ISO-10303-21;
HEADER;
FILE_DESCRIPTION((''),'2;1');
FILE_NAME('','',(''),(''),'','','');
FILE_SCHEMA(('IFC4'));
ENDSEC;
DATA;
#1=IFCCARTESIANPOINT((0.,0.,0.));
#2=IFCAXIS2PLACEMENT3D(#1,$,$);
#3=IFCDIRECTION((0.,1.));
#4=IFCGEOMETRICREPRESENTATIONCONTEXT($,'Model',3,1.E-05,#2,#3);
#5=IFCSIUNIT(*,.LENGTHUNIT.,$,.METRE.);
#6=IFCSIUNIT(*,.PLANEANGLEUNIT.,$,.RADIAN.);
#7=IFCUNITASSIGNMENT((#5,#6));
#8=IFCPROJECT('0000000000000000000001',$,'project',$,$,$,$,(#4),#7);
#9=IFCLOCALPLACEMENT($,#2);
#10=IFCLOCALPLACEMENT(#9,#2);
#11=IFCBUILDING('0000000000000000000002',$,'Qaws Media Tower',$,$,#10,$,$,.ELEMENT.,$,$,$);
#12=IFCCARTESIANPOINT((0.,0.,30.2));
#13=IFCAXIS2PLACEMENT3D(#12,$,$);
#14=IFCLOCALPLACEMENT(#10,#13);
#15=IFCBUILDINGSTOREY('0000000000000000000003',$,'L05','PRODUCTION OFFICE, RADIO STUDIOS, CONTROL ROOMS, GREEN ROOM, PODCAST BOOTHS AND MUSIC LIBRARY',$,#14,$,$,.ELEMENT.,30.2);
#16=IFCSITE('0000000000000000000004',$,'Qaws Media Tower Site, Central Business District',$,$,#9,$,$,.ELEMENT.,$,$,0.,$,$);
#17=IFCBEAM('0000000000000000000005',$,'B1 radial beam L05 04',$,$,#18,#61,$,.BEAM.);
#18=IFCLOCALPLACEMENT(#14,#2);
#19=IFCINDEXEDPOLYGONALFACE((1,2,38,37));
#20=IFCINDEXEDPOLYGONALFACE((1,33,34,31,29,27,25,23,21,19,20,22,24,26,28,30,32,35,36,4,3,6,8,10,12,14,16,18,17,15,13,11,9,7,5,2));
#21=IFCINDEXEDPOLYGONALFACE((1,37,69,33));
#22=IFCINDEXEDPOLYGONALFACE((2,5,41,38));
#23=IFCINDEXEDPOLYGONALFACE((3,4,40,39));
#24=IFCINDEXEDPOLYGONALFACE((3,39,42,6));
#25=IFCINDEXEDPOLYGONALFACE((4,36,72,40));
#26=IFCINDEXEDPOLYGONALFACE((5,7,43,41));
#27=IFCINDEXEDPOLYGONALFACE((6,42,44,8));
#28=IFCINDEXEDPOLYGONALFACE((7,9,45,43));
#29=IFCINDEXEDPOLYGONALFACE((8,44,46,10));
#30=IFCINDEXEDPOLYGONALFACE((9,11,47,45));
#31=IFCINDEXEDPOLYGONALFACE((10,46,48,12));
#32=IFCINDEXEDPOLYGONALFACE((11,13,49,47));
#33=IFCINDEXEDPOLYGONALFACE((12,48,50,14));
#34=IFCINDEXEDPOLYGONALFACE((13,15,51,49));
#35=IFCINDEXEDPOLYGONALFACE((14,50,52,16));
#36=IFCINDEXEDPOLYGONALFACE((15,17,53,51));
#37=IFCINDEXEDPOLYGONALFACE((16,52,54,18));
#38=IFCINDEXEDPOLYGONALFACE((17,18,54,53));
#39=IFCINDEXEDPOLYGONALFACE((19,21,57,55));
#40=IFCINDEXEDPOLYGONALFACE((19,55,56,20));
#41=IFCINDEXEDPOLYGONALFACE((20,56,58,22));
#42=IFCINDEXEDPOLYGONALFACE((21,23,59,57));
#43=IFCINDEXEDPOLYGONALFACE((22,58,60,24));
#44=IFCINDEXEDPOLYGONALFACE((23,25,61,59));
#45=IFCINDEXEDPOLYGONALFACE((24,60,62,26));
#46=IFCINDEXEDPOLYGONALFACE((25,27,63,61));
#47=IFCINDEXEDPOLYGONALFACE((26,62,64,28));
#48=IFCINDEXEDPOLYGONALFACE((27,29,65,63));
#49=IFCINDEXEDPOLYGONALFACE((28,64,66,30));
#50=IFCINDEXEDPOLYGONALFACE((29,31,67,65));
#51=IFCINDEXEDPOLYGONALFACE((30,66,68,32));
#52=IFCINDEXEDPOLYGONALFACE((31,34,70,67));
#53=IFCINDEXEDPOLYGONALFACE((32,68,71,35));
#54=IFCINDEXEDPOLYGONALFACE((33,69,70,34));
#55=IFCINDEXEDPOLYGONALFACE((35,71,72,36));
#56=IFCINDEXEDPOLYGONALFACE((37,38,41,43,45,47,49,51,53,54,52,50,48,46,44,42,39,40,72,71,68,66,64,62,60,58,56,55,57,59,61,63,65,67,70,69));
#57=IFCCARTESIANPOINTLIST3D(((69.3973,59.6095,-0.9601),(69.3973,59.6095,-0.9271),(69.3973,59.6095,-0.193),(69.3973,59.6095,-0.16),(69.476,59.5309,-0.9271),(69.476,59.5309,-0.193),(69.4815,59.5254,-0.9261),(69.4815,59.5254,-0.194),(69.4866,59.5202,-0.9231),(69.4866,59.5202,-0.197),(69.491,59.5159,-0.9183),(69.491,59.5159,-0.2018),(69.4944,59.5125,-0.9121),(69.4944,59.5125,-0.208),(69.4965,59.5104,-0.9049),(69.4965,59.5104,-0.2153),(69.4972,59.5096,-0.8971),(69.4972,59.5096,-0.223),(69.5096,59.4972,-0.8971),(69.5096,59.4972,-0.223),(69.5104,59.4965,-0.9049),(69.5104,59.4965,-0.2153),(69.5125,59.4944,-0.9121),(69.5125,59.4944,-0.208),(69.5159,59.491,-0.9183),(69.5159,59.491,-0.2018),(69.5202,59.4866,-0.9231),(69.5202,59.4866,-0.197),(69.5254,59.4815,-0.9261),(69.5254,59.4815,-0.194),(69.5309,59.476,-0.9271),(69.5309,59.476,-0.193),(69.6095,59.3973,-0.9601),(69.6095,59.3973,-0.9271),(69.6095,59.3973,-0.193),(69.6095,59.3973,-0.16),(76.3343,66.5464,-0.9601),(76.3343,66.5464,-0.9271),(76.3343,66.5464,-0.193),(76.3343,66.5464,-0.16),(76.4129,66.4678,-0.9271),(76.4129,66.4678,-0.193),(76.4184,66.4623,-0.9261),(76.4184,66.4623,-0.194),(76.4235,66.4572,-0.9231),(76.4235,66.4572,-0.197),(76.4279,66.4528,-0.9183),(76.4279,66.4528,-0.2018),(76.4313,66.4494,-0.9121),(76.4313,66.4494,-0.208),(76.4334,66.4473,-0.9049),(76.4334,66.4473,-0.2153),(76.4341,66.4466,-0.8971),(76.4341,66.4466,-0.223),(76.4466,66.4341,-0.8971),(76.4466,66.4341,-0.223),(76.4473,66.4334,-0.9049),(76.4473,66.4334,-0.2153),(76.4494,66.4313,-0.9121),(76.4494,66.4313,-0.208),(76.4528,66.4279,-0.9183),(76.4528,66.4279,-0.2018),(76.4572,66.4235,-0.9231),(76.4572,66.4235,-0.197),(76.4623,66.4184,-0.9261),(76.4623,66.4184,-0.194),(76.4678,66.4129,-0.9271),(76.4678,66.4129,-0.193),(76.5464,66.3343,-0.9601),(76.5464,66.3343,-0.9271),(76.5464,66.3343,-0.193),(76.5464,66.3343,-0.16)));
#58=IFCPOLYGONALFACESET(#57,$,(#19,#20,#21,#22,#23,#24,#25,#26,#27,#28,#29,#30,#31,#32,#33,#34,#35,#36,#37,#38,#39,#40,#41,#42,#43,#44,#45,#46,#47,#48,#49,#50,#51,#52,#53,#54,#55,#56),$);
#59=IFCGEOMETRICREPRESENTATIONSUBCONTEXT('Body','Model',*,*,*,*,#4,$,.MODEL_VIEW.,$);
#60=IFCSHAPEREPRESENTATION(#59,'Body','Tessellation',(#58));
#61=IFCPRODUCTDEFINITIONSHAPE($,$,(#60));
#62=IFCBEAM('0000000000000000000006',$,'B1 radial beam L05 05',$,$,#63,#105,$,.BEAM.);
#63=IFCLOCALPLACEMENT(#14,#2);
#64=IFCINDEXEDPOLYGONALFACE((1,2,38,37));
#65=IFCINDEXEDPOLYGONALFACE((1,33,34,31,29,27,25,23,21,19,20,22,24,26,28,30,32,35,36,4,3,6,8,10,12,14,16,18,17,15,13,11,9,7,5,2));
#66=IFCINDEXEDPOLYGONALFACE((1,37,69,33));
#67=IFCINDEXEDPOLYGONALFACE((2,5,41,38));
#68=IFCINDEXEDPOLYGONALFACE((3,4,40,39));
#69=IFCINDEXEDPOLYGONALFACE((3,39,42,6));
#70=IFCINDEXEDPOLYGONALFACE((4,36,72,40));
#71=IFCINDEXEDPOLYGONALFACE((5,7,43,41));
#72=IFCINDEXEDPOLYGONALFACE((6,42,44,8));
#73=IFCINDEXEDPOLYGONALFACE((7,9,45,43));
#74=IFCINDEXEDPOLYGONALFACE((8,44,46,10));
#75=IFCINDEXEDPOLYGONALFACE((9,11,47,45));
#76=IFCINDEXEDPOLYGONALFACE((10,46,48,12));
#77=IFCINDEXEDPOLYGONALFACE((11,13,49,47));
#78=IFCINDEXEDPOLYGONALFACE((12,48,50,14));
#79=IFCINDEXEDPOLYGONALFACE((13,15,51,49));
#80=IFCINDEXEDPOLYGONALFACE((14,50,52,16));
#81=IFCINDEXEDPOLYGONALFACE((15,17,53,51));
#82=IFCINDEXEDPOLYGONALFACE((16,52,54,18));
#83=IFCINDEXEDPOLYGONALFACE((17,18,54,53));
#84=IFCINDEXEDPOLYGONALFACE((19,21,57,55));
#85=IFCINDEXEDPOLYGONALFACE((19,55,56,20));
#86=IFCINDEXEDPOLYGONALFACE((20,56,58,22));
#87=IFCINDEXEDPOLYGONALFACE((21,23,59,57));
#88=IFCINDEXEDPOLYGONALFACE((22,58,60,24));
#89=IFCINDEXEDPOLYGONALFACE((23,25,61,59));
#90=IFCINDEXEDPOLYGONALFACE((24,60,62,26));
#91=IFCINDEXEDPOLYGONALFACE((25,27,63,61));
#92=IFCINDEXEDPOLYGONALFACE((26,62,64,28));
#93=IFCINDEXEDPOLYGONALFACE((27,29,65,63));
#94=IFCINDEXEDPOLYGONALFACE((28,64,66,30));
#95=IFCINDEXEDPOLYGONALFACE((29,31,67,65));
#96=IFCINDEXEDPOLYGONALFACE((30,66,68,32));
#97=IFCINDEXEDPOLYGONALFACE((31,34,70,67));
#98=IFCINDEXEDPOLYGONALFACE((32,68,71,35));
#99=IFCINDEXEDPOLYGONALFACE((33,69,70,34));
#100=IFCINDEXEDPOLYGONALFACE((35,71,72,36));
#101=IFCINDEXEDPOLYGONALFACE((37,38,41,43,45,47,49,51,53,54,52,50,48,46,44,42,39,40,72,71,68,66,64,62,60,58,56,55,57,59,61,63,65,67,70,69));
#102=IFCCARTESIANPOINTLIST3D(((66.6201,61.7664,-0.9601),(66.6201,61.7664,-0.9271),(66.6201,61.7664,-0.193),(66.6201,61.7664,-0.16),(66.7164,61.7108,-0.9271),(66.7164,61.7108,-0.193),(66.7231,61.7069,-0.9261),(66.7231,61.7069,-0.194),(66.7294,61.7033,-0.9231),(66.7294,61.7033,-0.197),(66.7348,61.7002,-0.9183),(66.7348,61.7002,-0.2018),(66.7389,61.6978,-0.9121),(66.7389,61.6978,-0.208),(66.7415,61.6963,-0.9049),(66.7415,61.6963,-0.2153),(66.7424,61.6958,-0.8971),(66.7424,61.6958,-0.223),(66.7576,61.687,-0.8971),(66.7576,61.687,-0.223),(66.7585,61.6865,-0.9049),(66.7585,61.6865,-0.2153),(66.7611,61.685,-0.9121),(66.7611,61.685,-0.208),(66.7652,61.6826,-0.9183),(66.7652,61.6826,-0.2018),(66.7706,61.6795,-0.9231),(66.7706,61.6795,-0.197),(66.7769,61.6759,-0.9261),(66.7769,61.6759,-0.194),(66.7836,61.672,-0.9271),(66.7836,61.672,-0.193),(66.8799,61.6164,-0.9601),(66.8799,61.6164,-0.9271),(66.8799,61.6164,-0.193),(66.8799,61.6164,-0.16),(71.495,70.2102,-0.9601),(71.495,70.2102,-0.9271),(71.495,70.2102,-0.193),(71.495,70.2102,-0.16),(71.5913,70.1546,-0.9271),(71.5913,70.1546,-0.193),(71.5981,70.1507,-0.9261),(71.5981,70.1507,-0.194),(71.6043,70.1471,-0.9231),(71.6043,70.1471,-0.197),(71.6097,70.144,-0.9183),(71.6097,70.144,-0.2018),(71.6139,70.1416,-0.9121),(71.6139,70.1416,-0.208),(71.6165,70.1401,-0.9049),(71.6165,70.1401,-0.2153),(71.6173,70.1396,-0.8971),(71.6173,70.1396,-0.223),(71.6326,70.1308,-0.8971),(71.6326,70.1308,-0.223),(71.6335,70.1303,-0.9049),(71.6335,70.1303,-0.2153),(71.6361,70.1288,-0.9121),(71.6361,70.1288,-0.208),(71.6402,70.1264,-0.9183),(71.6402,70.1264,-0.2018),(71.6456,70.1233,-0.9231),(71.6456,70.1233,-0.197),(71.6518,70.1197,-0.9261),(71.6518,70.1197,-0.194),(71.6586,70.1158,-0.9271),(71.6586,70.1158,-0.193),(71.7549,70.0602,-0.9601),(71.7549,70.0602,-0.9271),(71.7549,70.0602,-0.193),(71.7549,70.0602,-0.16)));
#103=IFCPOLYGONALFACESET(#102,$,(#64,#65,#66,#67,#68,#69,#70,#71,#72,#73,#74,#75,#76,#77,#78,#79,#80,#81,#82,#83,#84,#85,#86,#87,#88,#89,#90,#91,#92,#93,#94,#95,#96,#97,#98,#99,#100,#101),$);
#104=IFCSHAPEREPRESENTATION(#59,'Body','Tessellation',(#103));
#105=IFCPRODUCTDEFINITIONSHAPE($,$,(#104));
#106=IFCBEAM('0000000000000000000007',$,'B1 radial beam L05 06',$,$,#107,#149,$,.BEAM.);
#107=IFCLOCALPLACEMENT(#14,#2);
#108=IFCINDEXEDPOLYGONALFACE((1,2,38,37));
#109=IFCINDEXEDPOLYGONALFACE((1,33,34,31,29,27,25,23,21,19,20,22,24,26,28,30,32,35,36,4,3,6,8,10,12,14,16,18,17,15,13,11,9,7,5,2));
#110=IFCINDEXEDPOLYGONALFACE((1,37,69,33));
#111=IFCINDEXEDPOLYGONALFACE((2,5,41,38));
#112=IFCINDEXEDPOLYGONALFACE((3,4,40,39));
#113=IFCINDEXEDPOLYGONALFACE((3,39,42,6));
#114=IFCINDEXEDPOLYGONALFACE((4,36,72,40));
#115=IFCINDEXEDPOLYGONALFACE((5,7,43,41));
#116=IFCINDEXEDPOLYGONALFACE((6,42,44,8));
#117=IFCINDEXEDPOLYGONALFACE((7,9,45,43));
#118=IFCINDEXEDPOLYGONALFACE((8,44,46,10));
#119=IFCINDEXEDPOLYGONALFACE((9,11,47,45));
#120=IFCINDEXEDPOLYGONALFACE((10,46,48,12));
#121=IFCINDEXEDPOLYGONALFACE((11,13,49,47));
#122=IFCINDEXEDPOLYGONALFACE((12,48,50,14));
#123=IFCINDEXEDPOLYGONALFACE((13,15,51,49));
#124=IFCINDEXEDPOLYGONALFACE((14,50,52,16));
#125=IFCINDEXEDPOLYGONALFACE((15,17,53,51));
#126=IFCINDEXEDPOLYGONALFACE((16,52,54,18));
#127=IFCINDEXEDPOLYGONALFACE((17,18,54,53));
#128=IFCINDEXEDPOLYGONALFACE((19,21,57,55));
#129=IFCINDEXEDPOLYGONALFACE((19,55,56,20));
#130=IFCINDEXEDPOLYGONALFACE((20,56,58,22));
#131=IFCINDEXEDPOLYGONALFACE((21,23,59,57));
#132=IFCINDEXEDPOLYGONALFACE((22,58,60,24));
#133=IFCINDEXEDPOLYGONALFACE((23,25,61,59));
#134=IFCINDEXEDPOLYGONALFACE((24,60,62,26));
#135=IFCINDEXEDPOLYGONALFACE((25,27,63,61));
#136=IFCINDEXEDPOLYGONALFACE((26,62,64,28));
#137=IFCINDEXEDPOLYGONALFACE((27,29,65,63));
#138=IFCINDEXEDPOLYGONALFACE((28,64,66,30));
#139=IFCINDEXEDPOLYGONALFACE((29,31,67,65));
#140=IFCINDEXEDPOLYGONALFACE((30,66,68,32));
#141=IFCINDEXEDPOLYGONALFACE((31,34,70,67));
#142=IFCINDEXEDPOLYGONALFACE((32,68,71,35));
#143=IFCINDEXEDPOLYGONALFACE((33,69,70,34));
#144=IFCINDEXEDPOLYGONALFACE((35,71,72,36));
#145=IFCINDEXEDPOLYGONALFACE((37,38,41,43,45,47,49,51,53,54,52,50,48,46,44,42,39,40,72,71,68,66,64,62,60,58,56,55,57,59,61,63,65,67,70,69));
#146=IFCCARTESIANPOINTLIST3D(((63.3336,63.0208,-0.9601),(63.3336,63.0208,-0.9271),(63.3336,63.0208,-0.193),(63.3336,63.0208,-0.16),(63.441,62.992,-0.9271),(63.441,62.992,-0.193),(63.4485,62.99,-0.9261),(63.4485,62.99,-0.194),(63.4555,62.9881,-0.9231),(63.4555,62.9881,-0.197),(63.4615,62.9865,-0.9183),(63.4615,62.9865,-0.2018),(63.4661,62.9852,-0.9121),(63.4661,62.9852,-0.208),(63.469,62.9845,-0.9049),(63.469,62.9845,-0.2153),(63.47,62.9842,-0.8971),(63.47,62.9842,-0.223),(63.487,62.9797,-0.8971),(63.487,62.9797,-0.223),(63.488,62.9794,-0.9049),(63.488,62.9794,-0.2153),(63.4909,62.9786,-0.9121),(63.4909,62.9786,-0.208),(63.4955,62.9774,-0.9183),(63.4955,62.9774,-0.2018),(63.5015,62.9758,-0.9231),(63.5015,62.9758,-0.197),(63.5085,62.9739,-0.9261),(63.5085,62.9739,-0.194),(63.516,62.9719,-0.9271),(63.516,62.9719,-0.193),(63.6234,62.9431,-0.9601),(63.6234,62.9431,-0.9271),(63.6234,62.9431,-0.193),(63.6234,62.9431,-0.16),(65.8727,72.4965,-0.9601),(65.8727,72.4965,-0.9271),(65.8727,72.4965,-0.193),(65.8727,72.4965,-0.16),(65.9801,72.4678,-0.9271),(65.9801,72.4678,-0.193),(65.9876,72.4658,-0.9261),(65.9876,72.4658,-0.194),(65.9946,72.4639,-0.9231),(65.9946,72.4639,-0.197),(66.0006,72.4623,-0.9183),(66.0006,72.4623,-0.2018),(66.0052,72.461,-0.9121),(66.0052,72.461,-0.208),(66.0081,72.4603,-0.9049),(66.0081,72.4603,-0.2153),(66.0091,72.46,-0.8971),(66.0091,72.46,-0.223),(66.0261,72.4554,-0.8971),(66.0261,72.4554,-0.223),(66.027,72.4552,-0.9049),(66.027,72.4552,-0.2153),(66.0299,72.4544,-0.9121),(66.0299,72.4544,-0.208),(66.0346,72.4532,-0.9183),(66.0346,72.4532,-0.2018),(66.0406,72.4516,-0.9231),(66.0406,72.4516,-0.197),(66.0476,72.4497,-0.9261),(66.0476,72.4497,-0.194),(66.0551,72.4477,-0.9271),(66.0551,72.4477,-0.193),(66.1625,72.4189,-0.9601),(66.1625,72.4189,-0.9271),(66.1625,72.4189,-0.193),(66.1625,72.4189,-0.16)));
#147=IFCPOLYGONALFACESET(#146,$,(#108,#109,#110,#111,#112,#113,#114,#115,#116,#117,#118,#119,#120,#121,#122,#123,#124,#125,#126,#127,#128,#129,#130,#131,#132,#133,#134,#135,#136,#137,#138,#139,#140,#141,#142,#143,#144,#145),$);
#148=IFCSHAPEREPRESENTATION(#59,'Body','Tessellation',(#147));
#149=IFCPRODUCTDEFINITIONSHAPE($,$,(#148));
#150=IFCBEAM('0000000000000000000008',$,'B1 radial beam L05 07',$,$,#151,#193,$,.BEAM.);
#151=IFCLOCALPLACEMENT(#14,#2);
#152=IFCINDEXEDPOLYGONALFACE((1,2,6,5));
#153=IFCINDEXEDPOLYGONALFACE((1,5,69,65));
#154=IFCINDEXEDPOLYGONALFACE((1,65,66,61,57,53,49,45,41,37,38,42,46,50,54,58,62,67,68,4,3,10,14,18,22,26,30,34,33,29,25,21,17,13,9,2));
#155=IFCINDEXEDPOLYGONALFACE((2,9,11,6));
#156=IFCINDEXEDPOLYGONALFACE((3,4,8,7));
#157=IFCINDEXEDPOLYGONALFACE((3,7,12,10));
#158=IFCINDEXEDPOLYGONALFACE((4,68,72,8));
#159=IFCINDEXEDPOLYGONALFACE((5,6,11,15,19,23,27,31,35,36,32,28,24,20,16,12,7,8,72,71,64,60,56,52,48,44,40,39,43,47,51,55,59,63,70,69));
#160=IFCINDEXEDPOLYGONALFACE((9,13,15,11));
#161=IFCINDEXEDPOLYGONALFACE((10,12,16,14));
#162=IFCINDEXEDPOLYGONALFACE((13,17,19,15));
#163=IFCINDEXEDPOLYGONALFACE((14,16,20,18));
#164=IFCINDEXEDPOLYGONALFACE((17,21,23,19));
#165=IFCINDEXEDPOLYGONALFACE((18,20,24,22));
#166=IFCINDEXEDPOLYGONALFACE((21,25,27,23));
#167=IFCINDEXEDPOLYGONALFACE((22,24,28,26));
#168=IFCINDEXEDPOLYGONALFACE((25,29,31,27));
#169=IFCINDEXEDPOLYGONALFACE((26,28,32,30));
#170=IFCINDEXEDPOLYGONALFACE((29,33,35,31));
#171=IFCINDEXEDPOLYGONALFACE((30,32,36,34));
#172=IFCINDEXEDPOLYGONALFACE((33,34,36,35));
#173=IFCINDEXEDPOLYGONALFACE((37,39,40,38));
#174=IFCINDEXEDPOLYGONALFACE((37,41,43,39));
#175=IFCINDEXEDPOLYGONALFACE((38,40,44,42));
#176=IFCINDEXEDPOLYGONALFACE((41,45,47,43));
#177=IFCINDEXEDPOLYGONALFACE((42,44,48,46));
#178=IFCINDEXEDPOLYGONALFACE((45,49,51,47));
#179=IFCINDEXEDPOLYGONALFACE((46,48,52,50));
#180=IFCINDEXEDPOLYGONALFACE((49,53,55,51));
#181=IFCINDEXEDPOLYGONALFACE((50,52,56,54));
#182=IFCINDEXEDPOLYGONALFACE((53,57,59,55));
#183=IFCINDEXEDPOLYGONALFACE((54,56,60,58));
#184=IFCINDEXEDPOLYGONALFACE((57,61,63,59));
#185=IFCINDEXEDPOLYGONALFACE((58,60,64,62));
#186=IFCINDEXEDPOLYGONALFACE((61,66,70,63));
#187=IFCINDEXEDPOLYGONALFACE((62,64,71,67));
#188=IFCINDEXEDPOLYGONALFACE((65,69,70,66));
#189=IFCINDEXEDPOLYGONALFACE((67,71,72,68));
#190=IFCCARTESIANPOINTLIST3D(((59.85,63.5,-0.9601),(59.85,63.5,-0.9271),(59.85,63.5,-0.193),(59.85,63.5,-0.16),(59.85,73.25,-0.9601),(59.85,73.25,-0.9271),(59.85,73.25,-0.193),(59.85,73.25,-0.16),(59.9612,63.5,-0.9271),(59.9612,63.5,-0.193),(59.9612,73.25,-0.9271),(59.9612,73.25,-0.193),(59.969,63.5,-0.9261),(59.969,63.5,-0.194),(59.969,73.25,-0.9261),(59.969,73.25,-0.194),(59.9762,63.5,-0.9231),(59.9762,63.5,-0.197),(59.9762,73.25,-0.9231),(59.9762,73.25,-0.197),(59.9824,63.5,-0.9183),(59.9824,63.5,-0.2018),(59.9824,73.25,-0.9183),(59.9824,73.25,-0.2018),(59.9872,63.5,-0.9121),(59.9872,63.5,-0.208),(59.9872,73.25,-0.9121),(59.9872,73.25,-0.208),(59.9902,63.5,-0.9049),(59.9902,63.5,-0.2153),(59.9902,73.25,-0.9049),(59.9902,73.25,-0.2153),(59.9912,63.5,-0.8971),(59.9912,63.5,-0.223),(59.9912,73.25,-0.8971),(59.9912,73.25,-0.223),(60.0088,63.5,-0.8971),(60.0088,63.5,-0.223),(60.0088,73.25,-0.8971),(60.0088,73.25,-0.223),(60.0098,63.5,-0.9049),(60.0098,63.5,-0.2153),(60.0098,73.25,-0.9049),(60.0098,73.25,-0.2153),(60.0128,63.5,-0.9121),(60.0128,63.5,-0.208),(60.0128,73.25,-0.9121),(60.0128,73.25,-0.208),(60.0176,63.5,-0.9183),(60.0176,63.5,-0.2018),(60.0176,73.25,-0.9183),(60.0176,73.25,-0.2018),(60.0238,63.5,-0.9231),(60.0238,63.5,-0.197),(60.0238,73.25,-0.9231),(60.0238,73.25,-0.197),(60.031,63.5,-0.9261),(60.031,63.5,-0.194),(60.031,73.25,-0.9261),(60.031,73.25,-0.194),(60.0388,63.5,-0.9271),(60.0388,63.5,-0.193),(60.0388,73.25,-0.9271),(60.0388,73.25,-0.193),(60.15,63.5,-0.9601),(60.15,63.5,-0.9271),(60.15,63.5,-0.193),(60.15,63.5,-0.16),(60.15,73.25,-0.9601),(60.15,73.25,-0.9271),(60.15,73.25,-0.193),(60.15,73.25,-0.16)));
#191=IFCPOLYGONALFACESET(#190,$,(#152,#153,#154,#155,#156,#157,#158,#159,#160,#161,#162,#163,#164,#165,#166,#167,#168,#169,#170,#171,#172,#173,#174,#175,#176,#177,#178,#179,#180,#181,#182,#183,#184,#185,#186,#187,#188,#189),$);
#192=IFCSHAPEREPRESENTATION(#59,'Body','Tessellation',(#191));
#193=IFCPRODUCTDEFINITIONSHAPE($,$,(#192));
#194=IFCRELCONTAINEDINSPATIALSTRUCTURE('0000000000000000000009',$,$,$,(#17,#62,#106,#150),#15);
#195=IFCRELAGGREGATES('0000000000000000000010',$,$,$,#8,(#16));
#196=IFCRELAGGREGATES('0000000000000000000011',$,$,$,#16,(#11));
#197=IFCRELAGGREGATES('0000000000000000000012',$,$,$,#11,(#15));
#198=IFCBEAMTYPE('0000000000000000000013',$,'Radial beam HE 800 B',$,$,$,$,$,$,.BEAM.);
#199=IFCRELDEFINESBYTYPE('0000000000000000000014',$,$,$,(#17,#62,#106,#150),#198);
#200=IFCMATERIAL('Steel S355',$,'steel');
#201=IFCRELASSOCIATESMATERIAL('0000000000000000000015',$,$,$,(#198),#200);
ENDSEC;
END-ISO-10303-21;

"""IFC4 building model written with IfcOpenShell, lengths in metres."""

from ifc_helpers import new_model, si_unit, direction, frame, origin, origin_2d, place, context, subcontext, project, spatial, i_section, extrude, material, material_profile, profile_set, type_object, element, save


model = new_model("IFC4")

# Units and contexts
model_context = context("Model", 3, precision=1e-05, world=origin(), true_north=direction((0.0, 1.0)))
body_context = subcontext(model_context, "Body", "Model", "MODEL_VIEW")
ifc_project = project(units=[si_unit("LENGTHUNIT", "METRE"), si_unit("PLANEANGLEUNIT", "RADIAN")], contexts=[model_context])

# Site, building, storey
site_placement = place(None, origin())
site = spatial("IfcSite", under=ifc_project, at=site_placement, Name="Qaws Media Tower Site, Central Business District", CompositionType="ELEMENT", RefElevation=0.0)
building_placement = place(site_placement, origin())
building = spatial("IfcBuilding", under=site, at=building_placement, Name="Qaws Media Tower", CompositionType="ELEMENT")
storey_placement = place(building_placement, frame((0.0, 0.0, 30.2)))
storey = spatial("IfcBuildingStorey", under=building, at=storey_placement, Name="L05", Description="PRODUCTION OFFICE, RADIO STUDIOS, CONTROL ROOMS, GREEN ROOM, PODCAST BOOTHS AND MUSIC LIBRARY", CompositionType="ELEMENT", Elevation=30.2)

# Beams
ifc_material_1 = material(Name="Steel S355", Category="steel")
ifc_material_profile_1 = material_profile(ifc_material_1, i_section(OverallWidth=0.3, OverallDepth=0.8, WebThickness=0.0176, FlangeThickness=0.033, FilletRadius=0.03, at=origin_2d()), Name="HE 800 B")
ifc_profile_set_1 = profile_set([ifc_material_profile_1], Name="Steel S355")
beam_type_1 = type_object("IfcBeamType", Name="Radial beam HE 800 B", PredefinedType="BEAM", material=ifc_profile_set_1)
beam_1_placement = place(storey_placement, frame((69.5034, 59.5034, -0.5601), z_axis=(0.707107, 0.707107, 0.0), x_axis=(-0.707107, 0.707107, 0.0)))
element("IfcBeam", 1, at=beam_1_placement, inside=storey, type_object=beam_type_1, Name="B1 radial beam L05 04", PredefinedType="BEAM", context=body_context, shape_type="SweptSolid", body=[
    extrude(i_section(OverallWidth=0.3, OverallDepth=0.8, WebThickness=0.0176, FlangeThickness=0.033, FilletRadius=0.03, at=origin_2d()), origin(), (0.0, 0.0, 1.0), 9.8103),
])
beam_2_placement = place(storey_placement, frame((66.75, 61.6914, -0.5601), z_axis=(0.499996, 0.866028, 0.0), x_axis=(-0.866028, 0.499996, 0.0)))
element("IfcBeam", 2, at=beam_2_placement, inside=storey, type_object=beam_type_1, Name="B1 radial beam L05 05", PredefinedType="BEAM", context=body_context, shape_type="SweptSolid", body=[
    extrude(i_section(OverallWidth=0.3, OverallDepth=0.8, WebThickness=0.0176, FlangeThickness=0.033, FilletRadius=0.03, at=origin_2d()), origin(), (0.0, 0.0, 1.0), 9.75),
])
beam_3_placement = place(storey_placement, frame((63.4785, 62.9819, -0.5601), z_axis=(0.258821, 0.965925, 0.0), x_axis=(-0.965925, 0.258821, 0.0)))
element("IfcBeam", 3, at=beam_3_placement, inside=storey, type_object=beam_type_1, Name="B1 radial beam L05 06", PredefinedType="BEAM", context=body_context, shape_type="SweptSolid", body=[
    extrude(i_section(OverallWidth=0.3, OverallDepth=0.8, WebThickness=0.0176, FlangeThickness=0.033, FilletRadius=0.03, at=origin_2d()), origin(), (0.0, 0.0, 1.0), 9.8101),
])
beam_4_placement = place(storey_placement, frame((60.0, 63.5, -0.5601), z_axis=(0.0, 1.0, 0.0), x_axis=(-1.0, 0.0, 0.0)))
element("IfcBeam", 4, at=beam_4_placement, inside=storey, type_object=beam_type_1, Name="B1 radial beam L05 07", PredefinedType="BEAM", context=body_context, shape_type="SweptSolid", body=[
    extrude(i_section(OverallWidth=0.3, OverallDepth=0.8, WebThickness=0.0176, FlangeThickness=0.033, FilletRadius=0.03, at=origin_2d()), origin(), (0.0, 0.0, 1.0), 9.75),
])

save(model, "model.ifc")
